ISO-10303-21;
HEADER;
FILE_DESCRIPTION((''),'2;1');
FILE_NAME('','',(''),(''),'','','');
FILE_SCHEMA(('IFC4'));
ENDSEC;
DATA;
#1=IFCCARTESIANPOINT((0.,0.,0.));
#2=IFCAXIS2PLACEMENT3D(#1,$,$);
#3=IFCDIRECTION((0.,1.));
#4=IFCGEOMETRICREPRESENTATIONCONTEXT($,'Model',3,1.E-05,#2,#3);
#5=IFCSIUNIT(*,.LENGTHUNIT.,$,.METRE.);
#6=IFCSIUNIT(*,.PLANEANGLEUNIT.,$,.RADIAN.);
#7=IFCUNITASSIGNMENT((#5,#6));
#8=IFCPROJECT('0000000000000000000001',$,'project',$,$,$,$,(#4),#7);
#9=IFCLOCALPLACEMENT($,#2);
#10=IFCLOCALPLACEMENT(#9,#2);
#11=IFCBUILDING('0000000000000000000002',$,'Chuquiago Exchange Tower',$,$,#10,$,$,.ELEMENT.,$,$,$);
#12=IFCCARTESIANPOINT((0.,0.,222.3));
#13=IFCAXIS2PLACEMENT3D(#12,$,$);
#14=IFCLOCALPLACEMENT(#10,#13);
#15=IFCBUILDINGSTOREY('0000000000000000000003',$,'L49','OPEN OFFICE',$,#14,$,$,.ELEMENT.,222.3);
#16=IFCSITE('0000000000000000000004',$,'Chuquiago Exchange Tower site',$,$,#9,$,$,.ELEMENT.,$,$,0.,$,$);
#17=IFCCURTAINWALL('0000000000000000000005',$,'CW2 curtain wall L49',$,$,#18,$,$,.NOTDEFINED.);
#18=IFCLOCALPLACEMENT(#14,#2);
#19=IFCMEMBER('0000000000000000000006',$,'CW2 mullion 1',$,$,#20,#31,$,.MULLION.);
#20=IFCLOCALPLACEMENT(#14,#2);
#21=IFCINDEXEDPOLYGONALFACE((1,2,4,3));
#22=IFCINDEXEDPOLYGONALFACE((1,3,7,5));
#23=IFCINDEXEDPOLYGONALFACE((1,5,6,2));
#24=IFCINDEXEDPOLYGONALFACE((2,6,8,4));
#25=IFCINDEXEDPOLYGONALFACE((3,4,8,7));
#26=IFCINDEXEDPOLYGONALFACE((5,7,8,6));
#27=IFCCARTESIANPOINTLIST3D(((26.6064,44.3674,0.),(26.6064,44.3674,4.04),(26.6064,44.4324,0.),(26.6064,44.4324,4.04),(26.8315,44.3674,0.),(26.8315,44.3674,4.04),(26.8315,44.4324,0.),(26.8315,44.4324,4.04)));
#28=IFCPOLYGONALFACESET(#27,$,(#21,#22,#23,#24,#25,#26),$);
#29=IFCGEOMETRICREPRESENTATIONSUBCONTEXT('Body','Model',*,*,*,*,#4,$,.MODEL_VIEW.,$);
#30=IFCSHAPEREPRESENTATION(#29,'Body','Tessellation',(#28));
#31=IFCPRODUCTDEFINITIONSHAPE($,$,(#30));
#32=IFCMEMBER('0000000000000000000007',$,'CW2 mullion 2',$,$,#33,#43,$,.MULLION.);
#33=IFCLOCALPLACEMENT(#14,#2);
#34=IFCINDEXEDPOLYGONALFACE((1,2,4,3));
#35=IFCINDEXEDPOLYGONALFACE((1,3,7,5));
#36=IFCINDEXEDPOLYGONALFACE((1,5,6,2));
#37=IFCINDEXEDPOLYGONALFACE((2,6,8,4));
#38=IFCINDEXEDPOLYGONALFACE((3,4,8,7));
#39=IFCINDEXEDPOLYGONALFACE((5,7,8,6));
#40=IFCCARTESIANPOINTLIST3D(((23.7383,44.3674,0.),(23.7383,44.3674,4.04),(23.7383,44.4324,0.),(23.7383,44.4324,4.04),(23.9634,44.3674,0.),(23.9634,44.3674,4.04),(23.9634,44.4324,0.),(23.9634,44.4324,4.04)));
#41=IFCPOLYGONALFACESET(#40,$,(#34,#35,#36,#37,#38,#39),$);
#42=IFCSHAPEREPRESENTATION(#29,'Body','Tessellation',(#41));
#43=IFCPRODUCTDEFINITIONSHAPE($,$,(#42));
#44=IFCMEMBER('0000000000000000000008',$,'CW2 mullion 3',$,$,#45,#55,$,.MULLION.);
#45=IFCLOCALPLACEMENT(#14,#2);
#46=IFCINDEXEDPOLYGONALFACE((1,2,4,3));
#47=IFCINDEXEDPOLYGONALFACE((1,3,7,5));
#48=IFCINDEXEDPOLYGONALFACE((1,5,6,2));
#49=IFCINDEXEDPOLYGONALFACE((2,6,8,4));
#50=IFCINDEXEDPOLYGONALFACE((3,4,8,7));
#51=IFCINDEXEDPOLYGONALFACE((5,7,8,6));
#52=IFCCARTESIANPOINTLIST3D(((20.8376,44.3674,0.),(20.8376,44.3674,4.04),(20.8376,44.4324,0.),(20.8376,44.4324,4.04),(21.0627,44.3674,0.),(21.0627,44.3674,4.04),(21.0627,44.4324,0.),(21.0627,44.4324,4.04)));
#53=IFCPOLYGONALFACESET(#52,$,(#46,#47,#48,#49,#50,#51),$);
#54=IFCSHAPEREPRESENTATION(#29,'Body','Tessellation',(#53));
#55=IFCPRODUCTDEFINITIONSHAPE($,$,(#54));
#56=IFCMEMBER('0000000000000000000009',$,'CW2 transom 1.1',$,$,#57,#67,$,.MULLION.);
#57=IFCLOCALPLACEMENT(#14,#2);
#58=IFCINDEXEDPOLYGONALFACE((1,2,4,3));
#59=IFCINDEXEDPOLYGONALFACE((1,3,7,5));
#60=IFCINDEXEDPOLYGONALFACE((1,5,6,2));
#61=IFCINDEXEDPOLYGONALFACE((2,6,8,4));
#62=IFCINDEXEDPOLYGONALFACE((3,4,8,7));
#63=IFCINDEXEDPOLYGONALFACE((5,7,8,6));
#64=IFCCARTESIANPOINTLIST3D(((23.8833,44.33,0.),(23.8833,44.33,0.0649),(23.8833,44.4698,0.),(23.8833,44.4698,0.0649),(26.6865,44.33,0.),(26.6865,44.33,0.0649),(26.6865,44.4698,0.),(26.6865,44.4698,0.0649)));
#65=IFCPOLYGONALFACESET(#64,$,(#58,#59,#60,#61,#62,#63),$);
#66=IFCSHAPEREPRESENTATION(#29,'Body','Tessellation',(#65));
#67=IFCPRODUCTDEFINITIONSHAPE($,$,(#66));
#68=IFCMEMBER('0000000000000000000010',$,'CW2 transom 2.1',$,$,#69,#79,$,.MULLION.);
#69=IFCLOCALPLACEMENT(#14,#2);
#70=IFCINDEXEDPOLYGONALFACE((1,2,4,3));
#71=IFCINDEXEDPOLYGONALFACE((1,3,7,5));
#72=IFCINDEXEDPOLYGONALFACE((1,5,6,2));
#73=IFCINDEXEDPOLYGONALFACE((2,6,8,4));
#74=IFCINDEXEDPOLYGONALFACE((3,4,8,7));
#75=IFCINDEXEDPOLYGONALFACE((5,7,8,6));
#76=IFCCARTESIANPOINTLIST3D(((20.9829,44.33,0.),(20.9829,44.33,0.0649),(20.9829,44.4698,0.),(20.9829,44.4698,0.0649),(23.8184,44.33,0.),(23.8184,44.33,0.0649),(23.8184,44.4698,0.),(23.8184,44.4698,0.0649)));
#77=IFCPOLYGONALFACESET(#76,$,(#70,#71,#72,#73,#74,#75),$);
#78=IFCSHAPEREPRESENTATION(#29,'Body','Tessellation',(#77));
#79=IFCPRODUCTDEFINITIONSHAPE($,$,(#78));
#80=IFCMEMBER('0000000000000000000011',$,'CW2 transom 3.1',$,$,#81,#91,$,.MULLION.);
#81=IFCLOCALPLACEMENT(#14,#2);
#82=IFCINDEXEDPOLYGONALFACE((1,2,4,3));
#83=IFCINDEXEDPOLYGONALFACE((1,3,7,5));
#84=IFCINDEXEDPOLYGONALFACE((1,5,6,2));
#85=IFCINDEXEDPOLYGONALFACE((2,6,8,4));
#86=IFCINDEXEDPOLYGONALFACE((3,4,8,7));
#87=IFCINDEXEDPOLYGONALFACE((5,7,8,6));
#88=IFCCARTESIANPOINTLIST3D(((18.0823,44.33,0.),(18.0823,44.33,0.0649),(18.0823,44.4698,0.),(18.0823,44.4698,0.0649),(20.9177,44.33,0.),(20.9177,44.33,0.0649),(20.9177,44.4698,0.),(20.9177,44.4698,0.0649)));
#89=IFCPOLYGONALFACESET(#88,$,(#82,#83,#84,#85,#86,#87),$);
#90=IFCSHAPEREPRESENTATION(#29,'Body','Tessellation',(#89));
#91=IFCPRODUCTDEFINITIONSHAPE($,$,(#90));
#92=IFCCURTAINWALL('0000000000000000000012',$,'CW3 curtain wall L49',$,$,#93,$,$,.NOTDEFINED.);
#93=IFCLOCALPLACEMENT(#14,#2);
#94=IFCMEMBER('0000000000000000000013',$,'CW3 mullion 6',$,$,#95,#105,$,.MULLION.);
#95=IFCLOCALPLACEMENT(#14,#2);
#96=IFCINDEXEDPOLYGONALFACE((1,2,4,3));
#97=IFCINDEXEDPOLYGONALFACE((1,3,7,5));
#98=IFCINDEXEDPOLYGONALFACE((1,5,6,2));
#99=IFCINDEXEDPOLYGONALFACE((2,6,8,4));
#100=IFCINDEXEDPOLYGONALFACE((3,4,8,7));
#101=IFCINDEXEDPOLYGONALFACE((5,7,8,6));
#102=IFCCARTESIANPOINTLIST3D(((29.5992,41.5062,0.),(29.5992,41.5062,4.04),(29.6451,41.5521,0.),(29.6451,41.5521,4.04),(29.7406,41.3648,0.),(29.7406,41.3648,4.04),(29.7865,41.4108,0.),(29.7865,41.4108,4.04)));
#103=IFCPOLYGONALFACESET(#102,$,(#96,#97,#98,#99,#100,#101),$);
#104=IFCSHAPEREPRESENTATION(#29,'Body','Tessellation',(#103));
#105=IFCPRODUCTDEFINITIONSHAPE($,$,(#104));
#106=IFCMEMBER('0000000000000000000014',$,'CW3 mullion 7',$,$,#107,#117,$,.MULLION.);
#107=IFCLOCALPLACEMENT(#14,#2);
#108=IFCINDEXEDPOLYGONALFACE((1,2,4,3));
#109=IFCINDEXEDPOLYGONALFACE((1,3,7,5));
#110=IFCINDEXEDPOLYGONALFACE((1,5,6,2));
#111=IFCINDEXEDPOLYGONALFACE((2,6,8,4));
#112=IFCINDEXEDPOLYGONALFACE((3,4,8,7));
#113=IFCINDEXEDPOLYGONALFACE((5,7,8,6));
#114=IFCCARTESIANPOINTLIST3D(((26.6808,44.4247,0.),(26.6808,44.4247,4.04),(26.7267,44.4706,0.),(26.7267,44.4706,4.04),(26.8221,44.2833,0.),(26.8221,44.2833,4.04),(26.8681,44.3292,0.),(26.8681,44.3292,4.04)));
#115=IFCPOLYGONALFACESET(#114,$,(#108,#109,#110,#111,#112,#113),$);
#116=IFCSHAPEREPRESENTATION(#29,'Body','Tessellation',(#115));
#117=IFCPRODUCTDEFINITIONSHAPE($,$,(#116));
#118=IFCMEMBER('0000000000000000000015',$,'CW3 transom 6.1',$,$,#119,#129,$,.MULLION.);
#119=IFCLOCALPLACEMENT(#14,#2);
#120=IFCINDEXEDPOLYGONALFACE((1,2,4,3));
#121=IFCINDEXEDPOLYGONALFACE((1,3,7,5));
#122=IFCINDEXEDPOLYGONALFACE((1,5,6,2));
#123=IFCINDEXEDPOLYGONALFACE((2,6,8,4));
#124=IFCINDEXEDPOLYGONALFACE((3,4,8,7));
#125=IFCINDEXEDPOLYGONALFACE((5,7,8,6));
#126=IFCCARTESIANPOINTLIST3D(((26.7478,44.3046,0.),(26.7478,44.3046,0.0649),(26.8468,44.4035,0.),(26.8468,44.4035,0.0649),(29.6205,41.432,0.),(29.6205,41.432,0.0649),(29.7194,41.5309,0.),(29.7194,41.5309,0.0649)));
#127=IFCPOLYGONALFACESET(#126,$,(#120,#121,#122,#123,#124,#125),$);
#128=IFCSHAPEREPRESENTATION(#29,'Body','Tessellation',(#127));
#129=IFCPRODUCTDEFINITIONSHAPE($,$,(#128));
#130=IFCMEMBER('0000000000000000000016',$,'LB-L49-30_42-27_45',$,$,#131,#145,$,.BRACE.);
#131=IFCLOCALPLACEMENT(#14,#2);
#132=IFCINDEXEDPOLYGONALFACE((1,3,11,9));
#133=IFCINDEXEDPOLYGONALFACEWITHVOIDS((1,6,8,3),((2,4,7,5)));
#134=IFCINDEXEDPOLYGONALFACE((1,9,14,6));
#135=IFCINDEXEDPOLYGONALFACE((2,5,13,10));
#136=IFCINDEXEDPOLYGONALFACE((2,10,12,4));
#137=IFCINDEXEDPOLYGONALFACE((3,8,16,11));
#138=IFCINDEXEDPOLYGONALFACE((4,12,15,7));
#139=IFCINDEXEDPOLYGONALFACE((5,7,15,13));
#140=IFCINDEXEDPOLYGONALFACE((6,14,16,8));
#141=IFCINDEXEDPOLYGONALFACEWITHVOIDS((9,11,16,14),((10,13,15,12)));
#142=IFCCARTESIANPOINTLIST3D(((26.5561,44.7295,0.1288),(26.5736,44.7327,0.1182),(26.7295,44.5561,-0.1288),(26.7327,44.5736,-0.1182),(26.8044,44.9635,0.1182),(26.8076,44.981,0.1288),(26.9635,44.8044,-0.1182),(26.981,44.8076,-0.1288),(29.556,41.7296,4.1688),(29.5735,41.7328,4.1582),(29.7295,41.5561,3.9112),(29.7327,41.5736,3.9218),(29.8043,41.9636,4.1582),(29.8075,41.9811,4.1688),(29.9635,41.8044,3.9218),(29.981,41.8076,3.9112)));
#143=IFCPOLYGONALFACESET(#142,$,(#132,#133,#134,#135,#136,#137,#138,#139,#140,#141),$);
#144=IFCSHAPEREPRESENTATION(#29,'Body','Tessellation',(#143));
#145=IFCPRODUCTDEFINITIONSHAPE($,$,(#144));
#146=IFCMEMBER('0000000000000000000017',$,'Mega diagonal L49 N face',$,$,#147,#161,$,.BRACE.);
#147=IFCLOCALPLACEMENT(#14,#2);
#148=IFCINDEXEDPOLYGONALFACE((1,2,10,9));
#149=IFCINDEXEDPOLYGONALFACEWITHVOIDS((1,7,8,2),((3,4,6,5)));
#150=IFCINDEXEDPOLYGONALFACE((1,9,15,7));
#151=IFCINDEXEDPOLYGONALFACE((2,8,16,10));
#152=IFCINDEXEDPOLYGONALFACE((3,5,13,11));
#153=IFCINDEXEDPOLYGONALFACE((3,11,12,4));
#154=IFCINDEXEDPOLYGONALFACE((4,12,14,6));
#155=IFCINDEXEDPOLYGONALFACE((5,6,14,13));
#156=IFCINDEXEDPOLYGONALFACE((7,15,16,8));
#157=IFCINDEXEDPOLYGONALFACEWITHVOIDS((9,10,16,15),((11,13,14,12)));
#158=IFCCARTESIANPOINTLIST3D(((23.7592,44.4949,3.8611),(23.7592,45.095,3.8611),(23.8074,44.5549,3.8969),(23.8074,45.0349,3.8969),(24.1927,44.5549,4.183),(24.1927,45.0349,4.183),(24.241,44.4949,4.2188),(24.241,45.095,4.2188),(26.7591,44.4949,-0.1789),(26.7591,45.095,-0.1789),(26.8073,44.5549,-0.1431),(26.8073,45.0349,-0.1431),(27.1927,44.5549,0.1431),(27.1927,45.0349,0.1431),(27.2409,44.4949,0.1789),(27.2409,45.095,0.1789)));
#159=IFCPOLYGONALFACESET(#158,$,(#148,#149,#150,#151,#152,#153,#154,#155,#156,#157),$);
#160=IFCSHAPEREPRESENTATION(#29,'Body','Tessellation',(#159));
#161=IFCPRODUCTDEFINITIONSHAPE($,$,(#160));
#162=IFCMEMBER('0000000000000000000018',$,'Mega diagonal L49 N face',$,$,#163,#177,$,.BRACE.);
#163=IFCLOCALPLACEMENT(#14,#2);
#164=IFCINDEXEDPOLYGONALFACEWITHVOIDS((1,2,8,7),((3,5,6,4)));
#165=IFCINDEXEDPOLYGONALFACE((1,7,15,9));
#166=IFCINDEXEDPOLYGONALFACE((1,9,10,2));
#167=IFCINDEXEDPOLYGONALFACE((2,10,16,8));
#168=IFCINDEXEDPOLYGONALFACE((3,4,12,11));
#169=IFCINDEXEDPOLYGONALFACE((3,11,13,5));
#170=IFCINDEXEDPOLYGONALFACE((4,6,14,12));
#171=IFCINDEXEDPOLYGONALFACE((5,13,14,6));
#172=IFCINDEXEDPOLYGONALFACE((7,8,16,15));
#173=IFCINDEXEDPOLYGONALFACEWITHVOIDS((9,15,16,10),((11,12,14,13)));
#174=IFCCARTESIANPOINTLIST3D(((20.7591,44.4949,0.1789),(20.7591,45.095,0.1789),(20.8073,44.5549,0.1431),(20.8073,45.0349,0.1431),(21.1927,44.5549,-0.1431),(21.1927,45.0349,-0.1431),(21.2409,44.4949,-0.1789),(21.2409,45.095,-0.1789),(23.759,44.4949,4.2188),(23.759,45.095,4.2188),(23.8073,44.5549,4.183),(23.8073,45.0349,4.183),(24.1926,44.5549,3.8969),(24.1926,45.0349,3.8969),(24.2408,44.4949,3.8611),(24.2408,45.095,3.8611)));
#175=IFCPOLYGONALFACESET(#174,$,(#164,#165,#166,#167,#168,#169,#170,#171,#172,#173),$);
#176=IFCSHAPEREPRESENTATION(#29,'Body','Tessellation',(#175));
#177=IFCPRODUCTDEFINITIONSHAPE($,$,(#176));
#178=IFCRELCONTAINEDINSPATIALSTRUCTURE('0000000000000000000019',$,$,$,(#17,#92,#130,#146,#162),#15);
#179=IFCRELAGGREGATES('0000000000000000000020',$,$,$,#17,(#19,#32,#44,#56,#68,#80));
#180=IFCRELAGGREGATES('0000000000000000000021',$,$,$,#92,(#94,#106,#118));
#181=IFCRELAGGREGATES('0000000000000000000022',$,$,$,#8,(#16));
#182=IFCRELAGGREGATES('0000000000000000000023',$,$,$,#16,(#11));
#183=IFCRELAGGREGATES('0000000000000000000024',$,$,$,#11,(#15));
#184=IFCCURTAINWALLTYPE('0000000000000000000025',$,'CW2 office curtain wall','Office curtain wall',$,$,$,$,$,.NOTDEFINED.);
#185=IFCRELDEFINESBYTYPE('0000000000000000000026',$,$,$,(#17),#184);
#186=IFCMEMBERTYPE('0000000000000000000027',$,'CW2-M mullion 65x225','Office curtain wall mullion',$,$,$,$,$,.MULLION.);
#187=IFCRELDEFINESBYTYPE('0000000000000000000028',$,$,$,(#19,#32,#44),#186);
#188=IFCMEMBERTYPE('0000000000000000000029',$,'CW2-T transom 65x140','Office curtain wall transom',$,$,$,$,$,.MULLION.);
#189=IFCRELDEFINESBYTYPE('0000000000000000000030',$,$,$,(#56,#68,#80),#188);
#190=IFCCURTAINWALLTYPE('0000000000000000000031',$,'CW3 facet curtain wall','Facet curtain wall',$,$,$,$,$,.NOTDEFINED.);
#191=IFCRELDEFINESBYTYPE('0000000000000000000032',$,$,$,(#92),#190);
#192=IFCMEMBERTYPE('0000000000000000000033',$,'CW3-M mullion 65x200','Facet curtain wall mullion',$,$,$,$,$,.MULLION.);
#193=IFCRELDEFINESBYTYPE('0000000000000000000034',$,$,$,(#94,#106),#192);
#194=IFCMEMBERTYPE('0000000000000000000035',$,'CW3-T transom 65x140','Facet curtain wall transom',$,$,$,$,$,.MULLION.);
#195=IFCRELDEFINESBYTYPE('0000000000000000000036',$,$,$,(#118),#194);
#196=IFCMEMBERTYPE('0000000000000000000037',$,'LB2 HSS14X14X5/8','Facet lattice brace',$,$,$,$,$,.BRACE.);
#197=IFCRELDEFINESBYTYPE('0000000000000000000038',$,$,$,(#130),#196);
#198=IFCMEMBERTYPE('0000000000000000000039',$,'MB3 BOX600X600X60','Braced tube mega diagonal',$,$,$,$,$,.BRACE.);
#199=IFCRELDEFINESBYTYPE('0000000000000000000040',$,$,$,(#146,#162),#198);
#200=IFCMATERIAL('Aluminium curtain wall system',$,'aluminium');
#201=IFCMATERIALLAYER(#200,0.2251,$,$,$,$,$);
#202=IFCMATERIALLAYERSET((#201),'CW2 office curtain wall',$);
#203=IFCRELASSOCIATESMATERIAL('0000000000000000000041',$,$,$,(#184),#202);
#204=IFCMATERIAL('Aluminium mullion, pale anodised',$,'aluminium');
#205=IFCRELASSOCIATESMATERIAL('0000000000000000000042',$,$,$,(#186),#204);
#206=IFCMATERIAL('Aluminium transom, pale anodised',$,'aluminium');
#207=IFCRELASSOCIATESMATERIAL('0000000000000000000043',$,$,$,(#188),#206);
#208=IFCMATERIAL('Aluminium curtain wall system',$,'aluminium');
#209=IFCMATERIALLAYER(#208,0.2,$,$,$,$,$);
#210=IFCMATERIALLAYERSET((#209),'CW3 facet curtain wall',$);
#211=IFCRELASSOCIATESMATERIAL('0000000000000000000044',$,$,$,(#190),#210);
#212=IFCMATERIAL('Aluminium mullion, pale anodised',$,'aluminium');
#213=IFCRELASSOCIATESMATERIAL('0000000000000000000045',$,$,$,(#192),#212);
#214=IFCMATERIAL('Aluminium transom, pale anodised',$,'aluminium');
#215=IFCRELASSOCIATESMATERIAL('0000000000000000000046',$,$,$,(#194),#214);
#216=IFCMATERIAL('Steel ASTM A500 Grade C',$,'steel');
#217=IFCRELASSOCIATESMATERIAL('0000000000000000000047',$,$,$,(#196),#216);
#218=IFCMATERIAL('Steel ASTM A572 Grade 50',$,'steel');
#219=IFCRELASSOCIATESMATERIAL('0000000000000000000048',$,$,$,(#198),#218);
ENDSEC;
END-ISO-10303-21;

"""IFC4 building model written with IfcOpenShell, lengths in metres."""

from ifc_helpers import new_model, si_unit, direction, frame, origin, origin_2d, place, context, subcontext, project, spatial, rectangle, hollow_rectangle, extrude, material, layer, layer_set, material_profile, profile_set, type_object, element, aggregate, save


model = new_model("IFC4")

# Units and contexts
model_context = context("Model", 3, precision=1e-05, world=origin(), true_north=direction((0.0, 1.0)))
body_context = subcontext(model_context, "Body", "Model", "MODEL_VIEW")
ifc_project = project(units=[si_unit("LENGTHUNIT", "METRE"), si_unit("PLANEANGLEUNIT", "RADIAN")], contexts=[model_context])

# Site, building, storey
site_placement = place(None, origin())
site = spatial("IfcSite", under=ifc_project, at=site_placement, Name="Chuquiago Exchange Tower site", CompositionType="ELEMENT", RefElevation=0.0)
building_placement = place(site_placement, origin())
building = spatial("IfcBuilding", under=site, at=building_placement, Name="Chuquiago Exchange Tower", CompositionType="ELEMENT")
storey_placement = place(building_placement, frame((0.0, 0.0, 222.3)))
storey = spatial("IfcBuildingStorey", under=building, at=storey_placement, Name="L49", Description="OPEN OFFICE", CompositionType="ELEMENT", Elevation=222.3)

# Curtain walls, members
ifc_material_1 = material(Name="Aluminium curtain wall system", Category="aluminium")
ifc_layer_1 = layer(ifc_material_1, 0.2251)
ifc_layer_set_1 = layer_set([ifc_layer_1], Name="CW2 office curtain wall")
curtain_wall_type_1 = type_object("IfcCurtainWallType", Name="CW2 office curtain wall", Description="Office curtain wall", PredefinedType="NOTDEFINED", material=ifc_layer_set_1)
curtain_wall_1_placement = place(storey_placement, origin())
curtain_wall_1 = element("IfcCurtainWall", 1, at=curtain_wall_1_placement, inside=storey, type_object=curtain_wall_type_1, Name="CW2 curtain wall L49", PredefinedType="NOTDEFINED")
ifc_material_2 = material(Name="Aluminium mullion, pale anodised", Category="aluminium")
ifc_material_profile_1 = material_profile(ifc_material_2, rectangle(XDim=0.0649, YDim=0.2251, at=origin_2d()), Name="AL 65x225")
ifc_profile_set_1 = profile_set([ifc_material_profile_1], Name="Aluminium mullion, pale anodised")
member_type_1 = type_object("IfcMemberType", Name="CW2-M mullion 65x225", Description="Office curtain wall mullion", PredefinedType="MULLION", material=ifc_profile_set_1)
member_1_placement = place(storey_placement, frame((26.719, 44.3999, 0.0), z_axis=(0.0, 0.0, 1.0), x_axis=(0.0, -1.0, 0.0)))
member_1 = element("IfcMember", 2, at=member_1_placement, type_object=member_type_1, Name="CW2 mullion 1", PredefinedType="MULLION", context=body_context, shape_type="SweptSolid", body=[
    extrude(rectangle(XDim=0.0649, YDim=0.2251, at=origin_2d()), origin(), (0.0, 0.0, 1.0), 4.04),
])
member_2_placement = place(storey_placement, frame((23.8508, 44.3999, 0.0), z_axis=(0.0, 0.0, 1.0), x_axis=(0.0, -1.0, 0.0)))
member_2 = element("IfcMember", 3, at=member_2_placement, type_object=member_type_1, Name="CW2 mullion 2", PredefinedType="MULLION", context=body_context, shape_type="SweptSolid", body=[
    extrude(rectangle(XDim=0.0649, YDim=0.2251, at=origin_2d()), origin(), (0.0, 0.0, 1.0), 4.04),
])
member_3_placement = place(storey_placement, frame((20.9502, 44.3999, 0.0), z_axis=(0.0, 0.0, 1.0), x_axis=(0.0, -1.0, 0.0)))
member_3 = element("IfcMember", 4, at=member_3_placement, type_object=member_type_1, Name="CW2 mullion 3", PredefinedType="MULLION", context=body_context, shape_type="SweptSolid", body=[
    extrude(rectangle(XDim=0.0649, YDim=0.2251, at=origin_2d()), origin(), (0.0, 0.0, 1.0), 4.04),
])
ifc_material_3 = material(Name="Aluminium transom, pale anodised", Category="aluminium")
ifc_material_profile_2 = material_profile(ifc_material_3, rectangle(XDim=0.1399, YDim=0.0649, at=origin_2d()), Name="AL 140x65")
ifc_profile_set_2 = profile_set([ifc_material_profile_2], Name="Aluminium transom, pale anodised")
member_type_2 = type_object("IfcMemberType", Name="CW2-T transom 65x140", Description="Office curtain wall transom", PredefinedType="MULLION", material=ifc_profile_set_2)
member_4_placement = place(storey_placement, frame((26.6865, 44.3999, 0.0325), z_axis=(-1.0, 0.0, 0.0), x_axis=(0.0, -1.0, 0.0)))
member_4 = element("IfcMember", 5, at=member_4_placement, type_object=member_type_2, Name="CW2 transom 1.1", PredefinedType="MULLION", context=body_context, shape_type="SweptSolid", body=[
    extrude(rectangle(XDim=0.1399, YDim=0.0649, at=origin_2d()), origin(), (0.0, 0.0, 1.0), 2.8032),
])
member_5_placement = place(storey_placement, frame((23.8184, 44.3999, 0.0325), z_axis=(-1.0, 0.0, 0.0), x_axis=(0.0, -1.0, 0.0)))
member_5 = element("IfcMember", 6, at=member_5_placement, type_object=member_type_2, Name="CW2 transom 2.1", PredefinedType="MULLION", context=body_context, shape_type="SweptSolid", body=[
    extrude(rectangle(XDim=0.1399, YDim=0.0649, at=origin_2d()), origin(), (0.0, 0.0, 1.0), 2.8354),
])
member_6_placement = place(storey_placement, frame((20.9177, 44.3999, 0.0325), z_axis=(-1.0, 0.0, 0.0), x_axis=(0.0, -1.0, 0.0)))
member_6 = element("IfcMember", 7, at=member_6_placement, type_object=member_type_2, Name="CW2 transom 3.1", PredefinedType="MULLION", context=body_context, shape_type="SweptSolid", body=[
    extrude(rectangle(XDim=0.1399, YDim=0.0649, at=origin_2d()), origin(), (0.0, 0.0, 1.0), 2.8354),
])
ifc_material_4 = material(Name="Aluminium curtain wall system", Category="aluminium")
ifc_layer_2 = layer(ifc_material_4, 0.2)
ifc_layer_set_2 = layer_set([ifc_layer_2], Name="CW3 facet curtain wall")
curtain_wall_type_2 = type_object("IfcCurtainWallType", Name="CW3 facet curtain wall", Description="Facet curtain wall", PredefinedType="NOTDEFINED", material=ifc_layer_set_2)
curtain_wall_2_placement = place(storey_placement, origin())
curtain_wall_2 = element("IfcCurtainWall", 8, at=curtain_wall_2_placement, inside=storey, type_object=curtain_wall_type_2, Name="CW3 curtain wall L49", PredefinedType="NOTDEFINED")
ifc_material_5 = material(Name="Aluminium mullion, pale anodised", Category="aluminium")
ifc_material_profile_3 = material_profile(ifc_material_5, rectangle(XDim=0.0649, YDim=0.2, at=origin_2d()), Name="AL 65x200")
ifc_profile_set_3 = profile_set([ifc_material_profile_3], Name="Aluminium mullion, pale anodised")
member_type_3 = type_object("IfcMemberType", Name="CW3-M mullion 65x200", Description="Facet curtain wall mullion", PredefinedType="MULLION", material=ifc_profile_set_3)
member_7_placement = place(storey_placement, frame((29.6929, 41.4585, 0.0), z_axis=(0.0, 0.0, 1.0), x_axis=(-0.707107, -0.707107, 0.0)))
member_7 = element("IfcMember", 9, at=member_7_placement, type_object=member_type_3, Name="CW3 mullion 6", PredefinedType="MULLION", context=body_context, shape_type="SweptSolid", body=[
    extrude(rectangle(XDim=0.0649, YDim=0.2, at=origin_2d()), origin(), (0.0, 0.0, 1.0), 4.04),
])
member_8_placement = place(storey_placement, frame((26.7744, 44.377, 0.0), z_axis=(0.0, 0.0, 1.0), x_axis=(-0.707107, -0.707107, 0.0)))
member_8 = element("IfcMember", 10, at=member_8_placement, type_object=member_type_3, Name="CW3 mullion 7", PredefinedType="MULLION", context=body_context, shape_type="SweptSolid", body=[
    extrude(rectangle(XDim=0.0649, YDim=0.2, at=origin_2d()), origin(), (0.0, 0.0, 1.0), 4.04),
])
ifc_material_6 = material(Name="Aluminium transom, pale anodised", Category="aluminium")
ifc_material_profile_4 = material_profile(ifc_material_6, rectangle(XDim=0.1399, YDim=0.0649, at=origin_2d()), Name="AL 140x65")
ifc_profile_set_4 = profile_set([ifc_material_profile_4], Name="Aluminium transom, pale anodised")
member_type_4 = type_object("IfcMemberType", Name="CW3-T transom 65x140", Description="Facet curtain wall transom", PredefinedType="MULLION", material=ifc_profile_set_4)
member_9_placement = place(storey_placement, frame((29.6699, 41.4814, 0.0325), z_axis=(-0.707107, 0.707107, 0.0), x_axis=(-0.707107, -0.707107, 0.0)))
member_9 = element("IfcMember", 11, at=member_9_placement, type_object=member_type_4, Name="CW3 transom 6.1", PredefinedType="MULLION", context=body_context, shape_type="SweptSolid", body=[
    extrude(rectangle(XDim=0.1399, YDim=0.0649, at=origin_2d()), origin(), (0.0, 0.0, 1.0), 4.0625),
])

# Members
ifc_material_7 = material(Name="Steel ASTM A500 Grade C", Category="steel")
ifc_material_profile_5 = material_profile(ifc_material_7, hollow_rectangle(XDim=0.3557, YDim=0.3557, WallThickness=0.0146, at=origin_2d()), Name="HSS14X14X5/8")
ifc_profile_set_5 = profile_set([ifc_material_profile_5], Name="Steel ASTM A500 Grade C")
member_type_5 = type_object("IfcMemberType", Name="LB2 HSS14X14X5/8", Description="Facet lattice brace", PredefinedType="BRACE", material=ifc_profile_set_5)
member_10_placement = place(storey_placement, frame((26.7686, 44.7686, 0.0), z_axis=(0.512077, -0.512077, 0.689604), x_axis=(0.707107, 0.707107, 0.0)))
element("IfcMember", 12, at=member_10_placement, inside=storey, type_object=member_type_5, Name="LB-L49-30_42-27_45", PredefinedType="BRACE", context=body_context, shape_type="SweptSolid", body=[
    extrude(hollow_rectangle(XDim=0.3557, YDim=0.3557, WallThickness=0.0146, at=origin_2d()), origin(), (0.0, 0.0, 1.0), 5.8584),
])
ifc_material_8 = material(Name="Steel ASTM A572 Grade 50", Category="steel")
ifc_material_profile_6 = material_profile(ifc_material_8, hollow_rectangle(XDim=0.6001, YDim=0.6001, WallThickness=0.0601, at=origin_2d()), Name="BOX600X600X60")
ifc_profile_set_6 = profile_set([ifc_material_profile_6], Name="Steel ASTM A572 Grade 50")
member_type_6 = type_object("IfcMemberType", Name="MB3 BOX600X600X60", Description="Braced tube mega diagonal", PredefinedType="BRACE", material=ifc_profile_set_6)
for number, where, z_axis, x_axis, name in (
    (13, (27.0, 44.7949, 0.0), (-0.596174, 0.0, 0.802855), (0.0, -1.0, 0.0), "Mega diagonal L49 N face"),
    (14, (21.0, 44.7949, 0.0), (0.596174, 0.0, 0.802855), (0.0, 1.0, 0.0), "Mega diagonal L49 N face"),
):
    element("IfcMember", number, at=place(storey_placement, frame(where, z_axis=z_axis, x_axis=x_axis)), inside=storey, type_object=member_type_6, Name=name, PredefinedType="BRACE", context=body_context, shape_type="SweptSolid", body=[
        extrude(hollow_rectangle(XDim=0.6001, YDim=0.6001, WallThickness=0.0601, at=origin_2d()), origin(), (0.0, 0.0, 1.0), 5.032),
    ])

aggregate(curtain_wall_1, [member_1, member_2, member_3, member_4, member_5, member_6])
aggregate(curtain_wall_2, [member_7, member_8, member_9])

save(model, "model.ifc")
